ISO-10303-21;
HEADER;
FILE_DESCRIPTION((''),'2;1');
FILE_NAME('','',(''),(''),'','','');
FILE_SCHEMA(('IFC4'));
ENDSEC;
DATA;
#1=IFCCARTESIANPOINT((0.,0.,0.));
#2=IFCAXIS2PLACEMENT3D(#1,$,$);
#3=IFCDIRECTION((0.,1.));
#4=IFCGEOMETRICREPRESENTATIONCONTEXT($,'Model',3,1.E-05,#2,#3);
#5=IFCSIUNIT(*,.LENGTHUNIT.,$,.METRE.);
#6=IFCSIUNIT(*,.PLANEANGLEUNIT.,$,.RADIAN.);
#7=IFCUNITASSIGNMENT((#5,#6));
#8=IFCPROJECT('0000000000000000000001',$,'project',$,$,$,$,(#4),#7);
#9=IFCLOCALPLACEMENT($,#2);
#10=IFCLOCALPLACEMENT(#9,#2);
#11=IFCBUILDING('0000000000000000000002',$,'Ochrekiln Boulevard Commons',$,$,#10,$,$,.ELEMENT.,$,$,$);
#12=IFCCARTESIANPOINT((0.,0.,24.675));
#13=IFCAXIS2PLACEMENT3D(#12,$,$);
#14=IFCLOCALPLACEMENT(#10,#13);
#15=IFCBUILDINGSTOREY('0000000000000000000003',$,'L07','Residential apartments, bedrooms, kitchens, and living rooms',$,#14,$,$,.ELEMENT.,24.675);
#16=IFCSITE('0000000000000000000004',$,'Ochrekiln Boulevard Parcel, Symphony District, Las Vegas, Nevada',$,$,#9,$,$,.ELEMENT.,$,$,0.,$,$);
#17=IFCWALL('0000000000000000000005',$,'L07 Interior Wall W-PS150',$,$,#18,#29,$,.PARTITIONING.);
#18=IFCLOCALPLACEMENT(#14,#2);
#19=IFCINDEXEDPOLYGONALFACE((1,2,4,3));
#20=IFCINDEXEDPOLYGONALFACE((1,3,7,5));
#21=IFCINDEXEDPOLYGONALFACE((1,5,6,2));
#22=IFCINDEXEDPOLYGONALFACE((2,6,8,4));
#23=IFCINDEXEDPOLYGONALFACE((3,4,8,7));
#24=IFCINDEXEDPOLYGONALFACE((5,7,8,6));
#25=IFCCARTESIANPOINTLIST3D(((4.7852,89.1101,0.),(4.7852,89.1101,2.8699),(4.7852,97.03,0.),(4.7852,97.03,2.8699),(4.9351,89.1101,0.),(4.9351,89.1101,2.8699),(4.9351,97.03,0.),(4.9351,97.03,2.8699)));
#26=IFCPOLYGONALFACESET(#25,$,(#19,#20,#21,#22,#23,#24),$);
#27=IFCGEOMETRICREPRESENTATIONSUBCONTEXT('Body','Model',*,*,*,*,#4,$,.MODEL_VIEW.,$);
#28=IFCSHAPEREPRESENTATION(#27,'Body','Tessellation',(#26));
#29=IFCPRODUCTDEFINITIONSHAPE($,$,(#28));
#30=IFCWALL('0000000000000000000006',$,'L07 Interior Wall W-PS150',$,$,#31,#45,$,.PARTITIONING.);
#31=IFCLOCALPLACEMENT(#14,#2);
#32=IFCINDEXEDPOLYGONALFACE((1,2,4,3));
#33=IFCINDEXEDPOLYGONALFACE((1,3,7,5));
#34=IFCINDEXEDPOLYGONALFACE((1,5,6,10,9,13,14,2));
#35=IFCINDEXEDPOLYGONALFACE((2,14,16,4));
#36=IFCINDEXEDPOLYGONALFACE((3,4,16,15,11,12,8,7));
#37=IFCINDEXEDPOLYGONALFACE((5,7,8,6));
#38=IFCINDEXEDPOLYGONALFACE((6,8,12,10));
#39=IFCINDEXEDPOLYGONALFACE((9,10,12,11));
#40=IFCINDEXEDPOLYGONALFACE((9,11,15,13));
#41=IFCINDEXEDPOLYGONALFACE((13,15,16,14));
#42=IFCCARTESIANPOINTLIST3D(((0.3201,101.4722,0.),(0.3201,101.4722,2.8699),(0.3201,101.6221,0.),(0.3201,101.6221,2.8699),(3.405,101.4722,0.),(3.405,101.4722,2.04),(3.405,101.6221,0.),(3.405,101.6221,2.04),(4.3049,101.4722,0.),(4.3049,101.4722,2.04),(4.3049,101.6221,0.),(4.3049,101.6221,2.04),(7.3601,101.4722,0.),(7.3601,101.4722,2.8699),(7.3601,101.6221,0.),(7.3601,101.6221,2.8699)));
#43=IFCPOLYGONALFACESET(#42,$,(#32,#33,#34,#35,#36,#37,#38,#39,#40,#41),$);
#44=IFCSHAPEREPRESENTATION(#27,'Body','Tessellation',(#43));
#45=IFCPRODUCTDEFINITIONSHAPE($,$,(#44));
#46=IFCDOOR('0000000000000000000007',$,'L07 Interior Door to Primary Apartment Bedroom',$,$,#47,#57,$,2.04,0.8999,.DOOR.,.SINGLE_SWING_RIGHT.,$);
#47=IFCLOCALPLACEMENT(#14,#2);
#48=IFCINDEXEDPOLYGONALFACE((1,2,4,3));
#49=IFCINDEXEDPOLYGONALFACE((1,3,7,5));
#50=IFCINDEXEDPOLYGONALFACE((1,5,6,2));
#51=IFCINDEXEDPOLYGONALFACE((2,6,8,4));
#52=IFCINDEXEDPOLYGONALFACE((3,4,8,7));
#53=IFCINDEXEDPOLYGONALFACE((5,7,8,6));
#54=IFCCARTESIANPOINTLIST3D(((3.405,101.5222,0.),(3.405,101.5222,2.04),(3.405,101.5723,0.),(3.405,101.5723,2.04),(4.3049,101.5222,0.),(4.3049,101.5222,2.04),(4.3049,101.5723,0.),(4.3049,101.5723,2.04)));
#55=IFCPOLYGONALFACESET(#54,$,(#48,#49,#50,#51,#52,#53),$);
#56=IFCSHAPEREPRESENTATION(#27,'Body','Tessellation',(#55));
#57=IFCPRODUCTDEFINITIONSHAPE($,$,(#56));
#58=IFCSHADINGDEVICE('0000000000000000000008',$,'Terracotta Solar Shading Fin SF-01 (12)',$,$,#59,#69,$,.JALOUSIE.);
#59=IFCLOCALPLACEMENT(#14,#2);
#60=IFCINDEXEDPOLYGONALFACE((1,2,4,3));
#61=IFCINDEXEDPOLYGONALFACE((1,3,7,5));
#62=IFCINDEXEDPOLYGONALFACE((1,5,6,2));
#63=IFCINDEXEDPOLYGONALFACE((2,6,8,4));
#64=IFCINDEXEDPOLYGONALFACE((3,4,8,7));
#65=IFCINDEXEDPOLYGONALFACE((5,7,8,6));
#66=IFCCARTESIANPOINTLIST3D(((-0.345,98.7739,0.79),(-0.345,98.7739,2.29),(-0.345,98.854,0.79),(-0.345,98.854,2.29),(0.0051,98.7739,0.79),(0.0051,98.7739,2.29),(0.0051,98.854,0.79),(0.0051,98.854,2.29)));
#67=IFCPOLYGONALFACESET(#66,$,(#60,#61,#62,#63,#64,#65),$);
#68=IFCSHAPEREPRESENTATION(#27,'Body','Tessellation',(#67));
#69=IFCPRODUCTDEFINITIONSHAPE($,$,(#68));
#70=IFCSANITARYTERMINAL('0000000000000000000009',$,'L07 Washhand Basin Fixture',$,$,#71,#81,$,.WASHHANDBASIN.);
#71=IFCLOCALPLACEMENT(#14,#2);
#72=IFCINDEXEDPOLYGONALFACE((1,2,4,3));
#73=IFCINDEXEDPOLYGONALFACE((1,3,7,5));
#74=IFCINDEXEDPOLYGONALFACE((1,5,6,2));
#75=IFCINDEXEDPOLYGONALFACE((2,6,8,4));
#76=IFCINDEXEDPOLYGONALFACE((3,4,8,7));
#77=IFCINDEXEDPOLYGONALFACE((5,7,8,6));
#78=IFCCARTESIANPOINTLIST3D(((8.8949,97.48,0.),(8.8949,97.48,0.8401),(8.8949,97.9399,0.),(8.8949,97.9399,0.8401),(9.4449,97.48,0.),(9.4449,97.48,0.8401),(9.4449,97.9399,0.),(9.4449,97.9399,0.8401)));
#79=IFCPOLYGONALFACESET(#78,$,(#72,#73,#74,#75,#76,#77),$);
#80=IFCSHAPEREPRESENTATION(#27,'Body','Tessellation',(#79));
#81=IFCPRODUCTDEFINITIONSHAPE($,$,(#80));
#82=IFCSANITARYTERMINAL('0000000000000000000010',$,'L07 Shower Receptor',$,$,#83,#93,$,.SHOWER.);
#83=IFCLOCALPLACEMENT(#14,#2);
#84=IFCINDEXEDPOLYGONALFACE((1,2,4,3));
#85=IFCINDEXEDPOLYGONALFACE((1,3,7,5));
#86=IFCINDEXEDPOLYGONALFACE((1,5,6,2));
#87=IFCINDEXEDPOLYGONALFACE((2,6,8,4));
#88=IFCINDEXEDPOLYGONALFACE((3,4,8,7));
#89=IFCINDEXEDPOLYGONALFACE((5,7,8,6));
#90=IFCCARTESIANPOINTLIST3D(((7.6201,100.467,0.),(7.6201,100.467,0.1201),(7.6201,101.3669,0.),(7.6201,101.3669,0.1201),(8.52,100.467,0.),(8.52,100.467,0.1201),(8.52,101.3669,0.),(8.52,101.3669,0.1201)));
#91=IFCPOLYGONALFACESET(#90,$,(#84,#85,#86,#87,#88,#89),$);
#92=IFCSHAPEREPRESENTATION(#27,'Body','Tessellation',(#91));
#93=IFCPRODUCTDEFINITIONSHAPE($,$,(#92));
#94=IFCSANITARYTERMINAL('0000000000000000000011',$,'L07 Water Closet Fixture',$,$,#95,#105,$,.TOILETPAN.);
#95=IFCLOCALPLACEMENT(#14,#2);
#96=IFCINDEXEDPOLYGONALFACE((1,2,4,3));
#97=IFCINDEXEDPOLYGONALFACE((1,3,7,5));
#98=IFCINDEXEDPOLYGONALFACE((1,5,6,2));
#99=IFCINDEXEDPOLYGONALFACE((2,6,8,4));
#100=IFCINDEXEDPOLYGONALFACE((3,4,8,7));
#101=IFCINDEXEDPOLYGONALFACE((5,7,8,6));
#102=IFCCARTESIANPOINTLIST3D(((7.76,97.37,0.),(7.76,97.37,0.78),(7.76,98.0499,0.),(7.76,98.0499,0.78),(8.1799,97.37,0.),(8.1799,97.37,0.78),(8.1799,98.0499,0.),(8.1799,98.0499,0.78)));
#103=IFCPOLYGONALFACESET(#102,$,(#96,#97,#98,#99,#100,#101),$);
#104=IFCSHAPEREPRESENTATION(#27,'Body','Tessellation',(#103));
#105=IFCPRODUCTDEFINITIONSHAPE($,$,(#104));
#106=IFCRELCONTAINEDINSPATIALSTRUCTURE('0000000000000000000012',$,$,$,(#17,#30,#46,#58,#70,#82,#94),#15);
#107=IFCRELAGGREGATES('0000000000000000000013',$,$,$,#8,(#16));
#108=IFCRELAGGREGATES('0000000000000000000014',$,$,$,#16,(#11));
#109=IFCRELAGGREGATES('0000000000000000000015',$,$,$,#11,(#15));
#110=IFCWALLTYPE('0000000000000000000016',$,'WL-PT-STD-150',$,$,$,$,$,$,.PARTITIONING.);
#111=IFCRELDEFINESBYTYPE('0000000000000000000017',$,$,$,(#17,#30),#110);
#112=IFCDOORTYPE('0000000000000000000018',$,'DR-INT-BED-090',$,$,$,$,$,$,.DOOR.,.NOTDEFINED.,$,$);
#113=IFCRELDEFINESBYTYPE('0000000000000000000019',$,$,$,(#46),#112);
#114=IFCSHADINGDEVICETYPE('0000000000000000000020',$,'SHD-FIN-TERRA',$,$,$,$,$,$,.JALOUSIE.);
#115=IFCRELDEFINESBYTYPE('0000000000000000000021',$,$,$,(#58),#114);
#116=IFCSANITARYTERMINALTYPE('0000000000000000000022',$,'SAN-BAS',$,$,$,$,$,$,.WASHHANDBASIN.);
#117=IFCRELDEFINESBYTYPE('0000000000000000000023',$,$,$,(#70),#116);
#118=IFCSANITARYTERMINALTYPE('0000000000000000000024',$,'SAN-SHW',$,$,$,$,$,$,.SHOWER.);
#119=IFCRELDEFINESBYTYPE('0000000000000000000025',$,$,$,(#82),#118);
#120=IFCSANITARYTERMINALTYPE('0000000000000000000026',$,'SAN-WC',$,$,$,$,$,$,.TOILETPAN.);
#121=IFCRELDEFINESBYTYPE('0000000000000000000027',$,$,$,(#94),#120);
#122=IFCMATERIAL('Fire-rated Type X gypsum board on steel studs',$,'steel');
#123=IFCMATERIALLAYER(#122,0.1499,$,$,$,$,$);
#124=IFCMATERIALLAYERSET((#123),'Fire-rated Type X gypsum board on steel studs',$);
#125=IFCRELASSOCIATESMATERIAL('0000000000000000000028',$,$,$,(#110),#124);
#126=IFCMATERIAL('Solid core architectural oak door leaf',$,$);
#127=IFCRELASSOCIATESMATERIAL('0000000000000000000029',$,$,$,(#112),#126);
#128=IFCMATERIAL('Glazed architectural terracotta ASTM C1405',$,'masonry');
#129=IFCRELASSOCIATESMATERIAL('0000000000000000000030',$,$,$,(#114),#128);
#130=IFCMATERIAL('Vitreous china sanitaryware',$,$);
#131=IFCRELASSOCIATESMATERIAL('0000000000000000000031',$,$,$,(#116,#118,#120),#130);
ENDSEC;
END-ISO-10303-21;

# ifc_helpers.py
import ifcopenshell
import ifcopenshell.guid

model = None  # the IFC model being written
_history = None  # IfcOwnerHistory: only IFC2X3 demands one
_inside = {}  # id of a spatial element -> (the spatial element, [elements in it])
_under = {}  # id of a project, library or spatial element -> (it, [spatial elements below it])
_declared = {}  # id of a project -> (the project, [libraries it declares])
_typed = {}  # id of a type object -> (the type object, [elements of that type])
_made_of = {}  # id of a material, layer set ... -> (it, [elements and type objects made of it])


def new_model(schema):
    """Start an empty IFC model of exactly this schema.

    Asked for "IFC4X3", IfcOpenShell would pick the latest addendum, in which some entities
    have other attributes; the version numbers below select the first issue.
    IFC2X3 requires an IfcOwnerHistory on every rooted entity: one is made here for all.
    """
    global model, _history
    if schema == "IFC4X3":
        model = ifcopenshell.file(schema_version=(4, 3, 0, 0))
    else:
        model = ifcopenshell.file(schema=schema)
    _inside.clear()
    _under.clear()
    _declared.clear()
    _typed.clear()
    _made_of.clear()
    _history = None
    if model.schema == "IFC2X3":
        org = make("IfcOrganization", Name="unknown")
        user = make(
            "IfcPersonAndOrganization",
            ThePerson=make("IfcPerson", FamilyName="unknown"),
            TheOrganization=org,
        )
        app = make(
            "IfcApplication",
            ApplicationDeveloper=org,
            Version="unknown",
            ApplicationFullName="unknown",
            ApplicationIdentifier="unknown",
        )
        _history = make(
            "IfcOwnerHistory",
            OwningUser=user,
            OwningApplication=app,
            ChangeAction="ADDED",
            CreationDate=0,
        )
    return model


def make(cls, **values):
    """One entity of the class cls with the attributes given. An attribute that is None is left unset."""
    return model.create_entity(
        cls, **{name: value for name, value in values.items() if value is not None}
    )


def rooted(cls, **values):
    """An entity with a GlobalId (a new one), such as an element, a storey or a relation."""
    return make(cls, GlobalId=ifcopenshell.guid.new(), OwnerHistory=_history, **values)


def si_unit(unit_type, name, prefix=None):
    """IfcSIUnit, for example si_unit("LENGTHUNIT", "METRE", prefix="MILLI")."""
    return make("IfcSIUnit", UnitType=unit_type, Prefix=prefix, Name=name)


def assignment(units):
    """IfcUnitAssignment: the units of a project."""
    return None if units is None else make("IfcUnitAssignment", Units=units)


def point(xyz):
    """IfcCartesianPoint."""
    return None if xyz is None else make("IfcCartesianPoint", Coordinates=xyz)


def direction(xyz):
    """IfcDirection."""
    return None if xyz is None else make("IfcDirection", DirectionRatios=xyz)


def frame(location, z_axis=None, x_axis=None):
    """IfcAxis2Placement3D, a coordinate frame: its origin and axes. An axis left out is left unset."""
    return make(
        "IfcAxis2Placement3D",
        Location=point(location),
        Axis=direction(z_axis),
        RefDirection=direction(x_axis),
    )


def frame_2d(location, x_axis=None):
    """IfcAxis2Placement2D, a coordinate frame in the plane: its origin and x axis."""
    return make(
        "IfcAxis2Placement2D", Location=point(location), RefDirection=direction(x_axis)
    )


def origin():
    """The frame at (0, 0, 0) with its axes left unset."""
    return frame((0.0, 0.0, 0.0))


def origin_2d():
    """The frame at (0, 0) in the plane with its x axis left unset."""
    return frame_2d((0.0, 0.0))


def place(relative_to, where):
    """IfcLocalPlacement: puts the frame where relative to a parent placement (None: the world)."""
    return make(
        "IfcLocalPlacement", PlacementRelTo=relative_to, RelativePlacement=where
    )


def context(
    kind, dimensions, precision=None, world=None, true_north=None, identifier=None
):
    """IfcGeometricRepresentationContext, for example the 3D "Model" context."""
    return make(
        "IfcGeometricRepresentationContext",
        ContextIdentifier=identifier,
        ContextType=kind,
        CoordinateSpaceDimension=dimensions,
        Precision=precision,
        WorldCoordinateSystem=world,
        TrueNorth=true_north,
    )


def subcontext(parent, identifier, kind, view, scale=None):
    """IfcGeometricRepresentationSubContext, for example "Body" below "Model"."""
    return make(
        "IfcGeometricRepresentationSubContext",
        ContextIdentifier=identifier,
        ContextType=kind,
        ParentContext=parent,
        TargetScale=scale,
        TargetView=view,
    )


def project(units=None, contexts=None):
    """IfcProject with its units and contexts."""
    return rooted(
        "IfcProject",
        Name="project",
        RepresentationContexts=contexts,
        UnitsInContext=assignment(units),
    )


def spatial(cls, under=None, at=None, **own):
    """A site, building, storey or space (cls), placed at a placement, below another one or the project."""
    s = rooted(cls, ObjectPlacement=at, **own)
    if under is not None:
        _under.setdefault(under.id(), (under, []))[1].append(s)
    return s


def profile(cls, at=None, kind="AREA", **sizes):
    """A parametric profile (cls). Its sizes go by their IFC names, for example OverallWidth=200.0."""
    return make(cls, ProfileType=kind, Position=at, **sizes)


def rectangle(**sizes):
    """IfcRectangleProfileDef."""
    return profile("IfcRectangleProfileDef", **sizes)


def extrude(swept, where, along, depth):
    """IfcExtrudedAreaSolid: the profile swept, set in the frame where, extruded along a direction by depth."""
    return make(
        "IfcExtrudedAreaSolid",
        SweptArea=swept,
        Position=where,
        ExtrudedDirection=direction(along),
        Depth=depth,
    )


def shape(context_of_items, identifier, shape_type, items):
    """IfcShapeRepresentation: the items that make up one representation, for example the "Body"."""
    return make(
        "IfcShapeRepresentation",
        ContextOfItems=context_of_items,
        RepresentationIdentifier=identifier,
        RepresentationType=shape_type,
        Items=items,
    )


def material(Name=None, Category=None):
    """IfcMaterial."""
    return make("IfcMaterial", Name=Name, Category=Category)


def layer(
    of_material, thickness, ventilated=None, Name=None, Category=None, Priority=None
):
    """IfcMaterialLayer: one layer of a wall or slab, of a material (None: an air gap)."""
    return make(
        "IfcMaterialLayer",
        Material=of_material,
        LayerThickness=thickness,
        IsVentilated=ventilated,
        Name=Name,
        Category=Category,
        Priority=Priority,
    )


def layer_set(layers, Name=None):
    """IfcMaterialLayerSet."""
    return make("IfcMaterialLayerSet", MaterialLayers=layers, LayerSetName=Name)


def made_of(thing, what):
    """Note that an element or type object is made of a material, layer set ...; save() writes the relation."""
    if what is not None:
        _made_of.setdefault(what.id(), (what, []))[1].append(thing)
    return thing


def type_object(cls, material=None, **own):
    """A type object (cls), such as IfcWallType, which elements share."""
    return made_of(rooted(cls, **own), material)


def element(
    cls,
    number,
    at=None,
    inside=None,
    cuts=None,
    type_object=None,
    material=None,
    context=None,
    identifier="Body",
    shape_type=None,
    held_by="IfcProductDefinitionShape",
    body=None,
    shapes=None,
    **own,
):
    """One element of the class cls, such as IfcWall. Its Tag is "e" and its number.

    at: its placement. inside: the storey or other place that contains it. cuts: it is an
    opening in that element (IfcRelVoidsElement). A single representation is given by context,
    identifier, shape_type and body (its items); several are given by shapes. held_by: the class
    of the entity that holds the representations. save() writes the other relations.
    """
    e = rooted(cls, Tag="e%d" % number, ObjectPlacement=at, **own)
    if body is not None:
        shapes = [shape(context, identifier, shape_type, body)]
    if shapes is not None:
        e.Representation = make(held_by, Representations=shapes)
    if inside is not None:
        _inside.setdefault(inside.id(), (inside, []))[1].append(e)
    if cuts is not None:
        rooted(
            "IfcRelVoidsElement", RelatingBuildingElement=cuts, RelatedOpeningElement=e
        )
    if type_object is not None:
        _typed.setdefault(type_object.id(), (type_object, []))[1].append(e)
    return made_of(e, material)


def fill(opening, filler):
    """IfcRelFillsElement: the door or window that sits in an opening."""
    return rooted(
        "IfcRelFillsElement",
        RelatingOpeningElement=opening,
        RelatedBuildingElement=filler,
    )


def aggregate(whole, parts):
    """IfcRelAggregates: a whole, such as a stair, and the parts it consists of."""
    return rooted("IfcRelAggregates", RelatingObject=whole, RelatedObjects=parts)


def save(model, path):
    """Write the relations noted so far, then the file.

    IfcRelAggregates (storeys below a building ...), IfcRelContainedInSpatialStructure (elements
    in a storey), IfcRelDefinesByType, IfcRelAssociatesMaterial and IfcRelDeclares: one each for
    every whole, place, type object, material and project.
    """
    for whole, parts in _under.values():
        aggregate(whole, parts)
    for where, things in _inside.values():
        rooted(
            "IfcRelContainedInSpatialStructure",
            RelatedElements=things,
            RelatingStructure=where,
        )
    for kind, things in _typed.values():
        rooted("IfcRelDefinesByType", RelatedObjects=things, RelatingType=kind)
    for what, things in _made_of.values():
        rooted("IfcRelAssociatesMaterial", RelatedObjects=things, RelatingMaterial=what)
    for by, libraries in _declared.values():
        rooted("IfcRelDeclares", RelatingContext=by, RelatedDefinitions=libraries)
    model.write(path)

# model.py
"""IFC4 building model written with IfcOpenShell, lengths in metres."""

from ifc_helpers import new_model, si_unit, direction, frame, frame_2d, origin, origin_2d, place, context, subcontext, project, spatial, rectangle, extrude, material, layer, layer_set, type_object, element, fill, save


model = new_model("IFC4")

# Units and contexts
model_context = context("Model", 3, precision=1e-05, world=origin(), true_north=direction((0.0, 1.0)))
body_context = subcontext(model_context, "Body", "Model", "MODEL_VIEW")
ifc_project = project(units=[si_unit("LENGTHUNIT", "METRE"), si_unit("PLANEANGLEUNIT", "RADIAN")], contexts=[model_context])

# Site, building, storey
site_placement = place(None, origin())
site = spatial("IfcSite", under=ifc_project, at=site_placement, Name="Ochrekiln Boulevard Parcel, Symphony District, Las Vegas, Nevada", CompositionType="ELEMENT", RefElevation=0.0)
building_placement = place(site_placement, origin())
building = spatial("IfcBuilding", under=site, at=building_placement, Name="Ochrekiln Boulevard Commons", CompositionType="ELEMENT")
storey_placement = place(building_placement, frame((0.0, 0.0, 24.675)))
storey = spatial("IfcBuildingStorey", under=building, at=storey_placement, Name="L07", Description="Residential apartments, bedrooms, kitchens, and living rooms", CompositionType="ELEMENT", Elevation=24.675)

# Shared definitions
ifc_material_1 = material(Name="Solid core architectural oak door leaf")

# Shared definitions
ifc_material_2 = material(Name="Fire-rated Type X gypsum board on steel studs", Category="steel")

# Shared definitions
ifc_layer_1 = layer(ifc_material_2, 0.1499)
ifc_layer_set_1 = layer_set([ifc_layer_1], Name="Fire-rated Type X gypsum board on steel studs")
wall_type_1 = type_object("IfcWallType", Name="WL-PT-STD-150", PredefinedType="PARTITIONING", material=ifc_layer_set_1)

# Wall
wall_1_placement = place(storey_placement, frame((4.8601, 89.1101, 0.0), z_axis=(0.0, 0.0, 1.0), x_axis=(0.0, 1.0, 0.0)))
element("IfcWall", 1, at=wall_1_placement, inside=storey, type_object=wall_type_1, Name="L07 Interior Wall W-PS150", PredefinedType="PARTITIONING", context=body_context, shape_type="SweptSolid", body=[
    extrude(rectangle(XDim=7.9199, YDim=0.1499, at=frame_2d((3.96, 0.0))), origin(), (0.0, 0.0, 1.0), 2.8699),
])

# Wall, opening, door
wall_2_placement = place(storey_placement, frame((0.3201, 101.5471, 0.0), z_axis=(0.0, 0.0, 1.0), x_axis=(1.0, 0.0, 0.0)))
wall_2 = element("IfcWall", 2, at=wall_2_placement, inside=storey, type_object=wall_type_1, Name="L07 Interior Wall W-PS150", PredefinedType="PARTITIONING", context=body_context, shape_type="SweptSolid", body=[
    extrude(rectangle(XDim=7.04, YDim=0.1499, at=frame_2d((3.52, 0.0))), origin(), (0.0, 0.0, 1.0), 2.8699),
])
opening_1_placement = place(wall_2_placement, frame((3.085, 0.0, 0.0)))
opening_1 = element("IfcOpeningElement", 3, at=opening_1_placement, cuts=wall_2, PredefinedType="OPENING", context=body_context, shape_type="SweptSolid", body=[
    extrude(rectangle(XDim=0.8999, YDim=2.04, at=frame_2d((0.45, 1.02))), frame((0.0, 0.085, 0.0), z_axis=(0.0, -1.0, 0.0), x_axis=(1.0, 0.0, 0.0)), (0.0, 0.0, 1.0), 0.1699),
])
door_type_1 = type_object("IfcDoorType", Name="DR-INT-BED-090", OperationType="NOTDEFINED", PredefinedType="DOOR", material=ifc_material_1)
door_1_placement = place(opening_1_placement, frame((0.8999, 0.0, 0.0), z_axis=(0.0, 0.0, 1.0), x_axis=(-1.0, 0.0, 0.0)))
door_1 = element("IfcDoor", 4, at=door_1_placement, inside=storey, type_object=door_type_1, Name="L07 Interior Door to Primary Apartment Bedroom", OperationType="SINGLE_SWING_RIGHT", OverallHeight=2.04, OverallWidth=0.8999, PredefinedType="DOOR", context=body_context, shape_type="SweptSolid", body=[
    extrude(rectangle(XDim=0.8999, YDim=2.04, at=frame_2d((0.45, 1.02))), frame((0.0, 0.0249, 0.0), z_axis=(0.0, -1.0, 0.0), x_axis=(1.0, 0.0, 0.0)), (0.0, 0.0, 1.0), 0.05),
])
fill(opening_1, door_1)

# Shading device
ifc_material_3 = material(Name="Glazed architectural terracotta ASTM C1405", Category="masonry")
shading_device_type = type_object("IfcShadingDeviceType", Name="SHD-FIN-TERRA", PredefinedType="JALOUSIE", material=ifc_material_3)
shading_device_placement = place(storey_placement, frame((-0.1699, 98.814, 0.79), z_axis=(0.0, 0.0, 1.0), x_axis=(1.0, 0.0, 0.0)))
element("IfcShadingDevice", 5, at=shading_device_placement, inside=storey, type_object=shading_device_type, Name="Terracotta Solar Shading Fin SF-01 (12)", PredefinedType="JALOUSIE", context=body_context, shape_type="SweptSolid", body=[
    extrude(rectangle(XDim=0.3501, YDim=0.0801, at=origin_2d()), origin(), (0.0, 0.0, 1.0), 1.5),
])

# Sanitary terminals
ifc_material_4 = material(Name="Vitreous china sanitaryware")
sanitary_terminal_type_1 = type_object("IfcSanitaryTerminalType", Name="SAN-BAS", PredefinedType="WASHHANDBASIN", material=ifc_material_4)
sanitary_terminal_1_placement = place(storey_placement, frame((9.1699, 97.71, 0.0), z_axis=(0.0, 0.0, 1.0), x_axis=(1.0, 0.0, 0.0)))
element("IfcSanitaryTerminal", 6, at=sanitary_terminal_1_placement, inside=storey, type_object=sanitary_terminal_type_1, Name="L07 Washhand Basin Fixture", PredefinedType="WASHHANDBASIN", context=body_context, shape_type="SweptSolid", body=[
    extrude(rectangle(XDim=0.55, YDim=0.46, at=origin_2d()), origin(), (0.0, 0.0, 1.0), 0.8401),
])
sanitary_terminal_type_2 = type_object("IfcSanitaryTerminalType", Name="SAN-SHW", PredefinedType="SHOWER", material=ifc_material_4)
sanitary_terminal_2_placement = place(storey_placement, frame((8.0701, 100.917, 0.0), z_axis=(0.0, 0.0, 1.0), x_axis=(1.0, 0.0, 0.0)))
element("IfcSanitaryTerminal", 7, at=sanitary_terminal_2_placement, inside=storey, type_object=sanitary_terminal_type_2, Name="L07 Shower Receptor", PredefinedType="SHOWER", context=body_context, shape_type="SweptSolid", body=[
    extrude(rectangle(XDim=0.8999, YDim=0.8999, at=origin_2d()), origin(), (0.0, 0.0, 1.0), 0.1201),
])
sanitary_terminal_type_3 = type_object("IfcSanitaryTerminalType", Name="SAN-WC", PredefinedType="TOILETPAN", material=ifc_material_4)
sanitary_terminal_3_placement = place(storey_placement, frame((7.97, 97.71, 0.0), z_axis=(0.0, 0.0, 1.0), x_axis=(1.0, 0.0, 0.0)))
element("IfcSanitaryTerminal", 8, at=sanitary_terminal_3_placement, inside=storey, type_object=sanitary_terminal_type_3, Name="L07 Water Closet Fixture", PredefinedType="TOILETPAN", context=body_context, shape_type="SweptSolid", body=[
    extrude(rectangle(XDim=0.4199, YDim=0.6799, at=origin_2d()), origin(), (0.0, 0.0, 1.0), 0.78),
])

save(model, "model.ifc")
